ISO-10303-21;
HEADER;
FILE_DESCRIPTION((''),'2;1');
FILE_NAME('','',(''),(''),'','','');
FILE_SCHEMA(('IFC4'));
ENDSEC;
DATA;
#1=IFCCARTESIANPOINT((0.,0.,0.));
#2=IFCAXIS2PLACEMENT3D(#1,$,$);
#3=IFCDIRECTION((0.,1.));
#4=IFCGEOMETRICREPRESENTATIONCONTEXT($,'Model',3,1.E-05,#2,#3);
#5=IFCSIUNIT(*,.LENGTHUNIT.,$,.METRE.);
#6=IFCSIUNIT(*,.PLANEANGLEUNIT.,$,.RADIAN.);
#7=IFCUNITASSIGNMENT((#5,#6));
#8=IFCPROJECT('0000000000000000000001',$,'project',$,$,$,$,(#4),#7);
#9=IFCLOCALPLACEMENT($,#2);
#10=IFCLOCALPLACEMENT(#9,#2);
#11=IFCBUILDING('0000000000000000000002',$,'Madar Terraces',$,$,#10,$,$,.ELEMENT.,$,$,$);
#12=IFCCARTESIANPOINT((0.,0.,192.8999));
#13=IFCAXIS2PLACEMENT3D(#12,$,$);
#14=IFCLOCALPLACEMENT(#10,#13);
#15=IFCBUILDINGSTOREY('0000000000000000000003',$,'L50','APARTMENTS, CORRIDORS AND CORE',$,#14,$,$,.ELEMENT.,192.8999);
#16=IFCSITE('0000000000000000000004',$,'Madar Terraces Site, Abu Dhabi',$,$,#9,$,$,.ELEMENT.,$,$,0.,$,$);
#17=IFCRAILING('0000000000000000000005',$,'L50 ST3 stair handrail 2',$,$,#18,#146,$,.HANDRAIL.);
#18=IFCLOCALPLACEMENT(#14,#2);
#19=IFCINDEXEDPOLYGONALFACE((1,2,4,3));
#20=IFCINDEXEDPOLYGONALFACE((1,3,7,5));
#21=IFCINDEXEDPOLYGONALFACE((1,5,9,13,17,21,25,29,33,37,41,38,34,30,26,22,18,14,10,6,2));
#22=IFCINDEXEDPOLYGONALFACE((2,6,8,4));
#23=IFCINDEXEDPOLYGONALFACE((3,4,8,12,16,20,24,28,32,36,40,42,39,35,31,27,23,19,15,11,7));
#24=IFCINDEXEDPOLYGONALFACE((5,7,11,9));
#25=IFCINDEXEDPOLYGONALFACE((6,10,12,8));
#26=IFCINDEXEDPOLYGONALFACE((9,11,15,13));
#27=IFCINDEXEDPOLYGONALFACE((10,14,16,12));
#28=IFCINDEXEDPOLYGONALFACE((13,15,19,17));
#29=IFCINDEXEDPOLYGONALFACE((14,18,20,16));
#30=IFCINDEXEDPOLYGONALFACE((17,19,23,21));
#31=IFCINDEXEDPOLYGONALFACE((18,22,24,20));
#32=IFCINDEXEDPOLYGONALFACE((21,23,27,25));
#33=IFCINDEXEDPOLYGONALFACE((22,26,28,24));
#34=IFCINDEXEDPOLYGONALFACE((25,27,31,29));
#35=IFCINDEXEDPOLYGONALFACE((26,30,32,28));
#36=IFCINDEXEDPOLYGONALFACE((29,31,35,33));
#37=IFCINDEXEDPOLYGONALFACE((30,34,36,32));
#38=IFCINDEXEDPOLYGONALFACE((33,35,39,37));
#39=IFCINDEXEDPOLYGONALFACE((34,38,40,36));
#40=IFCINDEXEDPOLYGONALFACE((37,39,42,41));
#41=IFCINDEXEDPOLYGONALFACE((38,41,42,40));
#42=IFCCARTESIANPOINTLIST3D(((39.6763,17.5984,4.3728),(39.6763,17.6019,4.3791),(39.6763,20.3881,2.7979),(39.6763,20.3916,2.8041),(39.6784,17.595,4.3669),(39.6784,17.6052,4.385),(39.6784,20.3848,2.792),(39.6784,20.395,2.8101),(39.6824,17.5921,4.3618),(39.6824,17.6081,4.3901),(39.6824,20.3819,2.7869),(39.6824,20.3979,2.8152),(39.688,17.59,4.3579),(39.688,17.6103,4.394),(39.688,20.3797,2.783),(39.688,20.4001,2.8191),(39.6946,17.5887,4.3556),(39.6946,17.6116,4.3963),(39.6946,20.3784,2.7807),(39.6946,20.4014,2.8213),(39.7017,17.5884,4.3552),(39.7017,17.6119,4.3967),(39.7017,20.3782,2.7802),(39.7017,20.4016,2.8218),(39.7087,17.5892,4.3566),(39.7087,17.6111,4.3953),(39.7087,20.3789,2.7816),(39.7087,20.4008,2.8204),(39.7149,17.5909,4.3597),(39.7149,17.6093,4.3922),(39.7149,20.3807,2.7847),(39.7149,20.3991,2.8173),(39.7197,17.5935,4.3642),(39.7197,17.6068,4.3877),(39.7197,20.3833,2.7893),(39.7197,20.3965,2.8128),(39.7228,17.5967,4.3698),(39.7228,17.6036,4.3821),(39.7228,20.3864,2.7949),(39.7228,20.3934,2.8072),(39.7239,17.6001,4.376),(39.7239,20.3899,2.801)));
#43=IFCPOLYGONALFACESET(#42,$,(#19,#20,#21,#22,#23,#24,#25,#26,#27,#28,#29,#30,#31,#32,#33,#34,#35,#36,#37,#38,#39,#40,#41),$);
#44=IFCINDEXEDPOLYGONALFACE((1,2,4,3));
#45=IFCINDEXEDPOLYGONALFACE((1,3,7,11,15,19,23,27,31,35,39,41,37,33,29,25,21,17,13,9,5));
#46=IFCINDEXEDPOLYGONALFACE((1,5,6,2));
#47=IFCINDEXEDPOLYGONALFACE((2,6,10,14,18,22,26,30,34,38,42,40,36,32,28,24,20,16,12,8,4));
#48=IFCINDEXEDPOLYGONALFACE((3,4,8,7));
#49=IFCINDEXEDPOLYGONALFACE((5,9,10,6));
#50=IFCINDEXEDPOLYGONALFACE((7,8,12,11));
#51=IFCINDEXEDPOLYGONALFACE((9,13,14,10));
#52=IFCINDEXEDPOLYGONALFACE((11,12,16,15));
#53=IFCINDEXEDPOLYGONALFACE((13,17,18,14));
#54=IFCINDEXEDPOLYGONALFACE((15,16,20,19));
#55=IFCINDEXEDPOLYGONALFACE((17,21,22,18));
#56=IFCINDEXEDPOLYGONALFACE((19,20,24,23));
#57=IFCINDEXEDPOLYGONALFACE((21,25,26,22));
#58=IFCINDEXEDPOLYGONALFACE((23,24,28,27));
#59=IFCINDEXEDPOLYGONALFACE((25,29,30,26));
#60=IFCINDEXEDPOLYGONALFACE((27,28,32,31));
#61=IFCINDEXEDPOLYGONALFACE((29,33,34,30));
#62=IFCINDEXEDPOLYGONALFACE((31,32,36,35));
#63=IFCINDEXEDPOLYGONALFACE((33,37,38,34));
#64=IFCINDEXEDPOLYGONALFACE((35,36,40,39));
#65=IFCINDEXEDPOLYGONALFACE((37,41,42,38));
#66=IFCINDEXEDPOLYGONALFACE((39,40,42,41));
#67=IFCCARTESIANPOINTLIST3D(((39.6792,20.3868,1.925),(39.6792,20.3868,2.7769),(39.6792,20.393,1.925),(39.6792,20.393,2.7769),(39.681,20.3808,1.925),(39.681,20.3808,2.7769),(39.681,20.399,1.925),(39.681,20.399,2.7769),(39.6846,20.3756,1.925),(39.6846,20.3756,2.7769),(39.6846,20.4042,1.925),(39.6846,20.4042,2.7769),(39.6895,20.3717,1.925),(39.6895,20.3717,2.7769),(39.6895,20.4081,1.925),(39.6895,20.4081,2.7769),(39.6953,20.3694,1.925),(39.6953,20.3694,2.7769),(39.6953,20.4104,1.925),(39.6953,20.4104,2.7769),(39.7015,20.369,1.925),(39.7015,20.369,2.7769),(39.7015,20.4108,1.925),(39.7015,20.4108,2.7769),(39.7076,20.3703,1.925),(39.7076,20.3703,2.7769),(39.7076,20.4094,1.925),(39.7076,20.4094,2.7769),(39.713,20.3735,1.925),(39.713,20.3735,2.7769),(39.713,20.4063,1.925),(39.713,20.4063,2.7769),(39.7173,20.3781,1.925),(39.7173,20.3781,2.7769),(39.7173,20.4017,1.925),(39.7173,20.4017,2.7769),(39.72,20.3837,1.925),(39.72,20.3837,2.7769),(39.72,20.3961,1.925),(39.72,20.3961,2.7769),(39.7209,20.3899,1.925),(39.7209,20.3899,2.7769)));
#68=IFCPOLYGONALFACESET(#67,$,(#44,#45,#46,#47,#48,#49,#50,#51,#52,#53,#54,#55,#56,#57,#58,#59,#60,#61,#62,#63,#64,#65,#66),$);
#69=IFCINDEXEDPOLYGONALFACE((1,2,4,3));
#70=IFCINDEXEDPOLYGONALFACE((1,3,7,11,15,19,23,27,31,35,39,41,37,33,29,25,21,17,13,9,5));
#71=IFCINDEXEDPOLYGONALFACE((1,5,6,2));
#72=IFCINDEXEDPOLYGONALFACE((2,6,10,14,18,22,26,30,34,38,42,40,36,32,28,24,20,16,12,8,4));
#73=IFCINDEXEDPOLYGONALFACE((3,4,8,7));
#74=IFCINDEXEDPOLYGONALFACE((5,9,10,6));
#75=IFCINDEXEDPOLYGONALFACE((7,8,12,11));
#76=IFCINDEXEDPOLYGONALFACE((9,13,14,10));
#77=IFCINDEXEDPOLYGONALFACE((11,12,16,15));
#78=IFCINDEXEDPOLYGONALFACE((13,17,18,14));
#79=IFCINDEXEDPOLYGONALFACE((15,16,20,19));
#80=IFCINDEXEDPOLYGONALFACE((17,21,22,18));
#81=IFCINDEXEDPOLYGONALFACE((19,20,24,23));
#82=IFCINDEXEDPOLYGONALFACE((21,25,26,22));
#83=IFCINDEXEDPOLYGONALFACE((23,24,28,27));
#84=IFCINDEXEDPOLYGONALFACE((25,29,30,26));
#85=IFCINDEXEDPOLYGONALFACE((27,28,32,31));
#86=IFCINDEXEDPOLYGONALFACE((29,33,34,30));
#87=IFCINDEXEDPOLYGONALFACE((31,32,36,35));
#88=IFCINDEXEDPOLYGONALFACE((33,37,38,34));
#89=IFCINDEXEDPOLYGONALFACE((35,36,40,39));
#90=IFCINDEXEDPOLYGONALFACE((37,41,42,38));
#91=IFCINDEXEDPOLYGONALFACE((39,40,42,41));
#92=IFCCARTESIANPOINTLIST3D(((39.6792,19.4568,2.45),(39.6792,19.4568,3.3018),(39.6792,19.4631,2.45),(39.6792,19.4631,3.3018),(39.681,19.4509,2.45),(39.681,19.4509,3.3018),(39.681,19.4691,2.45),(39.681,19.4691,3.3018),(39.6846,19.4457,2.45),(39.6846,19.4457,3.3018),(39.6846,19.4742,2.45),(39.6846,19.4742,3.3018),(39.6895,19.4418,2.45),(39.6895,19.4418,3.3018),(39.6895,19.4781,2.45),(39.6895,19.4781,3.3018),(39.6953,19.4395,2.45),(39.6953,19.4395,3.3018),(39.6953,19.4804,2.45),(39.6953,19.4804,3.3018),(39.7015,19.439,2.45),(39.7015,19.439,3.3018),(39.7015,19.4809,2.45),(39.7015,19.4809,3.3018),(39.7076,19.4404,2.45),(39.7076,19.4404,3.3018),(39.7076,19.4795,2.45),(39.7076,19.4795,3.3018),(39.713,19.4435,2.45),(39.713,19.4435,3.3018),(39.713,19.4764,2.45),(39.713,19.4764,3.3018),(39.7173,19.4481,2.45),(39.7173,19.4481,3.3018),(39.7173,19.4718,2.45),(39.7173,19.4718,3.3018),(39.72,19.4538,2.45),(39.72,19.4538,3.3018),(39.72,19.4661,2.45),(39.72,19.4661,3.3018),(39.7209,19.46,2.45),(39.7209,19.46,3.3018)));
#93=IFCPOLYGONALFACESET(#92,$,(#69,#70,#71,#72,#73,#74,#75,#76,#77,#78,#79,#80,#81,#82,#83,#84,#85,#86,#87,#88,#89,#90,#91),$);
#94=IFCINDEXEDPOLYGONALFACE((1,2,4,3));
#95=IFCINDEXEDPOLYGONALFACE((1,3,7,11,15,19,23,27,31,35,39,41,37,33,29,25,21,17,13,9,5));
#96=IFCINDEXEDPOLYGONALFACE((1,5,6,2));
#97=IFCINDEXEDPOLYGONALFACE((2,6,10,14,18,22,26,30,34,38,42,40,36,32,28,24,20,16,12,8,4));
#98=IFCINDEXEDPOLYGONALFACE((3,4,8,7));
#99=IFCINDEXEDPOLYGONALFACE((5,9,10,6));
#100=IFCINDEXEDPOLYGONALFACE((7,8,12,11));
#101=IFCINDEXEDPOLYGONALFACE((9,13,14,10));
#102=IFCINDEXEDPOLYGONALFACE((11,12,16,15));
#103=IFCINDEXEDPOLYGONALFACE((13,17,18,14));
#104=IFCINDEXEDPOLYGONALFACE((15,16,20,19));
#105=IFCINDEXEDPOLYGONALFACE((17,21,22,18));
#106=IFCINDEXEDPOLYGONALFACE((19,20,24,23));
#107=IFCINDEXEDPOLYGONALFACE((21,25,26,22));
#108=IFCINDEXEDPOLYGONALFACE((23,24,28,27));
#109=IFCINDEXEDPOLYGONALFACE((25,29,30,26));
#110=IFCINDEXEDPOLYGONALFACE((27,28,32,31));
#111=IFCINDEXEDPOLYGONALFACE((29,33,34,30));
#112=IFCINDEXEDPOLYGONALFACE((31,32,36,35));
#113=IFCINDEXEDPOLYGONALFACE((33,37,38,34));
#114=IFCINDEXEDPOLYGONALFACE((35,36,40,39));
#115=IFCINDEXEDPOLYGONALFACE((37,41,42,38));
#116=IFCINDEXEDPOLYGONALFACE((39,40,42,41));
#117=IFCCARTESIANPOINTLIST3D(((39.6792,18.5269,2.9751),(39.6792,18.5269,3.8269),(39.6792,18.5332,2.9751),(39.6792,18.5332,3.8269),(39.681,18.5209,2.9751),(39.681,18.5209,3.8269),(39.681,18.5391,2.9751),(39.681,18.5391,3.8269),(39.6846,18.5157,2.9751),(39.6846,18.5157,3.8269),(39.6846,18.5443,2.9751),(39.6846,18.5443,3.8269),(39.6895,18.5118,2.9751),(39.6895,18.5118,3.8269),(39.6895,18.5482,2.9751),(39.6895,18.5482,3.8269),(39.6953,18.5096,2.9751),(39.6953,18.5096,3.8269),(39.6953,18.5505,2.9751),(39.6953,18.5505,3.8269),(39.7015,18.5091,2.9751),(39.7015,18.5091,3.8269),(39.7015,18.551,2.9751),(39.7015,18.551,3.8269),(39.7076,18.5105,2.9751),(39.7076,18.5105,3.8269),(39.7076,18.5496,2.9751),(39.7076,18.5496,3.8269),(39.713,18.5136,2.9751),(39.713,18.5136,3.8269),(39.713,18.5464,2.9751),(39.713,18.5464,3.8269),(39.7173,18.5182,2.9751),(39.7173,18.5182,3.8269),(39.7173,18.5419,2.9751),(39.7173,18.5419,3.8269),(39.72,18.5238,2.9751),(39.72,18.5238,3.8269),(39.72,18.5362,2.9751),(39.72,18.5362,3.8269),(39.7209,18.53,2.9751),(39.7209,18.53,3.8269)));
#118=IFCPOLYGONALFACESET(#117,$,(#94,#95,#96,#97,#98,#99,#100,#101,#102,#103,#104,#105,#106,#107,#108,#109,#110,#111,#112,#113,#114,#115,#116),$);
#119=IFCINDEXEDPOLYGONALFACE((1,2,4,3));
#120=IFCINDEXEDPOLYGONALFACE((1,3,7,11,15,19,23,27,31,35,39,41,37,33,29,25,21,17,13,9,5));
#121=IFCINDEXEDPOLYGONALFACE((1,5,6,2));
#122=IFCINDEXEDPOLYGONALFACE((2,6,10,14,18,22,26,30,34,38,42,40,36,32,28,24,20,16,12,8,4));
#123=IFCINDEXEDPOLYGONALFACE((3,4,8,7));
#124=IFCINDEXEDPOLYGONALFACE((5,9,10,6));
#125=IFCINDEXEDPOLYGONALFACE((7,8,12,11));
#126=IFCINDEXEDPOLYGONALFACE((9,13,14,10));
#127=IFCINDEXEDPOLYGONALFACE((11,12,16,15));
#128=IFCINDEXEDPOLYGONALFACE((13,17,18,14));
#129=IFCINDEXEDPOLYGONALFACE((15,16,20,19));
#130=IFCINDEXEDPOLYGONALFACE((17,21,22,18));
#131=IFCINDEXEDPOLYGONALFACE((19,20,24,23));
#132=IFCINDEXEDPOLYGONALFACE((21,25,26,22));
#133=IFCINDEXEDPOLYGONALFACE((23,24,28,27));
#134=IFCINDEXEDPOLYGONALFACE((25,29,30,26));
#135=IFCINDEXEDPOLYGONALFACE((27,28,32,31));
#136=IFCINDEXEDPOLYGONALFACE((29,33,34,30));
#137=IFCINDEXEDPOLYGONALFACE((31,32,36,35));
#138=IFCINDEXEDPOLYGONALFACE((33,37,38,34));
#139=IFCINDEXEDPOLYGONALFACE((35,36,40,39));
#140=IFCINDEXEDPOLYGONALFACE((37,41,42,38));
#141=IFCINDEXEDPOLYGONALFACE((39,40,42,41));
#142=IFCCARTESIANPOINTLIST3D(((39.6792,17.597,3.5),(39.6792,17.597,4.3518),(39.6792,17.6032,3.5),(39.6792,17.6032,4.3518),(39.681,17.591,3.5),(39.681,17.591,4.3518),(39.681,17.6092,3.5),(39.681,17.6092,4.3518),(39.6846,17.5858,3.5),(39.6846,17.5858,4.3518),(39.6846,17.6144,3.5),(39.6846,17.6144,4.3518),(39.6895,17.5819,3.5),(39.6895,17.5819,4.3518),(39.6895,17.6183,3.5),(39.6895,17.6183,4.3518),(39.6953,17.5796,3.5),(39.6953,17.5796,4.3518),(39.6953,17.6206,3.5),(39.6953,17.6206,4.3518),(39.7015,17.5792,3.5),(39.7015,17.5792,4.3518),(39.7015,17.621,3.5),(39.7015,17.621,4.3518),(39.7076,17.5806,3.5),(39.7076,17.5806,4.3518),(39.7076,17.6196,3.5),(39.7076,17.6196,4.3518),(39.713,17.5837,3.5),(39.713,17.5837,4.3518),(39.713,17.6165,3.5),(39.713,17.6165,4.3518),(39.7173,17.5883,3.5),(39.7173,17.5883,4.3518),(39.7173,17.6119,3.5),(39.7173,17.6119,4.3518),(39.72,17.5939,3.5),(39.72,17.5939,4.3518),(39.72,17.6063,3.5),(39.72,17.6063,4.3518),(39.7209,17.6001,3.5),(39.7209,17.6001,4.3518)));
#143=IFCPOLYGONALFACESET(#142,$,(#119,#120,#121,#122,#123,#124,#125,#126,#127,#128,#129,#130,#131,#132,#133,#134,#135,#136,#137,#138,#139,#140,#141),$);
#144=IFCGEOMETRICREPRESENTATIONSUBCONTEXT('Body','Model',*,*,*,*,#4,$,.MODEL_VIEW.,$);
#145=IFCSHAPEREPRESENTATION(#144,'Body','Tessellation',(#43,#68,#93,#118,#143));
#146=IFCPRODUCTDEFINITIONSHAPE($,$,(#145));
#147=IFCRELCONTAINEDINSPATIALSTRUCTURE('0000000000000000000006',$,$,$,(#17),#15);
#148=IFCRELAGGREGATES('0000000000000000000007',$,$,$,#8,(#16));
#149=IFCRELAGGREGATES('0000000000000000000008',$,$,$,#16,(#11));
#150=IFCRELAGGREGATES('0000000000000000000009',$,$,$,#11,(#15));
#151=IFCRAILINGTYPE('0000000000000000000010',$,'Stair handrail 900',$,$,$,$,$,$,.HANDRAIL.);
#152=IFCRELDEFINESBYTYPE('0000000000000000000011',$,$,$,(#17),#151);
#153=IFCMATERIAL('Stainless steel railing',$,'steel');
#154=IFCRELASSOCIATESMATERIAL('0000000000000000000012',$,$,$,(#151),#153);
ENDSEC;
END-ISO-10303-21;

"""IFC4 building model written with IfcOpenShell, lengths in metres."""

from ifc_helpers import new_model, si_unit, direction, frame, origin, origin_2d, place, context, subcontext, project, spatial, circle, extrude, material, type_object, element, save


model = new_model("IFC4")

# Units and contexts
model_context = context("Model", 3, precision=1e-05, world=origin(), true_north=direction((0.0, 1.0)))
body_context = subcontext(model_context, "Body", "Model", "MODEL_VIEW")
ifc_project = project(units=[si_unit("LENGTHUNIT", "METRE"), si_unit("PLANEANGLEUNIT", "RADIAN")], contexts=[model_context])

# Site, building, storey
site_placement = place(None, origin())
site = spatial("IfcSite", under=ifc_project, at=site_placement, Name="Madar Terraces Site, Abu Dhabi", CompositionType="ELEMENT", RefElevation=0.0)
building_placement = place(site_placement, origin())
building = spatial("IfcBuilding", under=site, at=building_placement, Name="Madar Terraces", CompositionType="ELEMENT")
storey_placement = place(building_placement, frame((0.0, 0.0, 192.8999)))
storey = spatial("IfcBuildingStorey", under=building, at=storey_placement, Name="L50", Description="APARTMENTS, CORRIDORS AND CORE", CompositionType="ELEMENT", Elevation=192.8999)

# Railing
ifc_material_1 = material(Name="Stainless steel railing", Category="steel")
railing_type_1 = type_object("IfcRailingType", Name="Stair handrail 900", PredefinedType="HANDRAIL", material=ifc_material_1)
railing_1_placement = place(storey_placement, frame((39.7, 20.3899, 1.925)))
element("IfcRailing", 1, at=railing_1_placement, inside=storey, type_object=railing_type_1, Name="L50 ST3 stair handrail 2", PredefinedType="HANDRAIL", context=body_context, shape_type="SweptSolid", body=[
    extrude(circle(Radius=0.0239, at=origin_2d()), frame((0.0, 0.0, 0.876), z_axis=(0.0, -0.870815, 0.49161), x_axis=(1.0, 0.0, 0.0)), (0.0, 0.0, 1.0), 3.2036),
    extrude(circle(Radius=0.021, at=origin_2d()), origin(), (0.0, 0.0, 1.0), 0.8518),
    extrude(circle(Radius=0.021, at=origin_2d()), frame((0.0, -0.9299, 0.5249)), (0.0, 0.0, 1.0), 0.8518),
    extrude(circle(Radius=0.021, at=origin_2d()), frame((0.0, -1.8599, 1.05)), (0.0, 0.0, 1.0), 0.8518),
    extrude(circle(Radius=0.021, at=origin_2d()), frame((0.0, -2.7898, 1.575)), (0.0, 0.0, 1.0), 0.8518),
])

save(model, "model.ifc")
